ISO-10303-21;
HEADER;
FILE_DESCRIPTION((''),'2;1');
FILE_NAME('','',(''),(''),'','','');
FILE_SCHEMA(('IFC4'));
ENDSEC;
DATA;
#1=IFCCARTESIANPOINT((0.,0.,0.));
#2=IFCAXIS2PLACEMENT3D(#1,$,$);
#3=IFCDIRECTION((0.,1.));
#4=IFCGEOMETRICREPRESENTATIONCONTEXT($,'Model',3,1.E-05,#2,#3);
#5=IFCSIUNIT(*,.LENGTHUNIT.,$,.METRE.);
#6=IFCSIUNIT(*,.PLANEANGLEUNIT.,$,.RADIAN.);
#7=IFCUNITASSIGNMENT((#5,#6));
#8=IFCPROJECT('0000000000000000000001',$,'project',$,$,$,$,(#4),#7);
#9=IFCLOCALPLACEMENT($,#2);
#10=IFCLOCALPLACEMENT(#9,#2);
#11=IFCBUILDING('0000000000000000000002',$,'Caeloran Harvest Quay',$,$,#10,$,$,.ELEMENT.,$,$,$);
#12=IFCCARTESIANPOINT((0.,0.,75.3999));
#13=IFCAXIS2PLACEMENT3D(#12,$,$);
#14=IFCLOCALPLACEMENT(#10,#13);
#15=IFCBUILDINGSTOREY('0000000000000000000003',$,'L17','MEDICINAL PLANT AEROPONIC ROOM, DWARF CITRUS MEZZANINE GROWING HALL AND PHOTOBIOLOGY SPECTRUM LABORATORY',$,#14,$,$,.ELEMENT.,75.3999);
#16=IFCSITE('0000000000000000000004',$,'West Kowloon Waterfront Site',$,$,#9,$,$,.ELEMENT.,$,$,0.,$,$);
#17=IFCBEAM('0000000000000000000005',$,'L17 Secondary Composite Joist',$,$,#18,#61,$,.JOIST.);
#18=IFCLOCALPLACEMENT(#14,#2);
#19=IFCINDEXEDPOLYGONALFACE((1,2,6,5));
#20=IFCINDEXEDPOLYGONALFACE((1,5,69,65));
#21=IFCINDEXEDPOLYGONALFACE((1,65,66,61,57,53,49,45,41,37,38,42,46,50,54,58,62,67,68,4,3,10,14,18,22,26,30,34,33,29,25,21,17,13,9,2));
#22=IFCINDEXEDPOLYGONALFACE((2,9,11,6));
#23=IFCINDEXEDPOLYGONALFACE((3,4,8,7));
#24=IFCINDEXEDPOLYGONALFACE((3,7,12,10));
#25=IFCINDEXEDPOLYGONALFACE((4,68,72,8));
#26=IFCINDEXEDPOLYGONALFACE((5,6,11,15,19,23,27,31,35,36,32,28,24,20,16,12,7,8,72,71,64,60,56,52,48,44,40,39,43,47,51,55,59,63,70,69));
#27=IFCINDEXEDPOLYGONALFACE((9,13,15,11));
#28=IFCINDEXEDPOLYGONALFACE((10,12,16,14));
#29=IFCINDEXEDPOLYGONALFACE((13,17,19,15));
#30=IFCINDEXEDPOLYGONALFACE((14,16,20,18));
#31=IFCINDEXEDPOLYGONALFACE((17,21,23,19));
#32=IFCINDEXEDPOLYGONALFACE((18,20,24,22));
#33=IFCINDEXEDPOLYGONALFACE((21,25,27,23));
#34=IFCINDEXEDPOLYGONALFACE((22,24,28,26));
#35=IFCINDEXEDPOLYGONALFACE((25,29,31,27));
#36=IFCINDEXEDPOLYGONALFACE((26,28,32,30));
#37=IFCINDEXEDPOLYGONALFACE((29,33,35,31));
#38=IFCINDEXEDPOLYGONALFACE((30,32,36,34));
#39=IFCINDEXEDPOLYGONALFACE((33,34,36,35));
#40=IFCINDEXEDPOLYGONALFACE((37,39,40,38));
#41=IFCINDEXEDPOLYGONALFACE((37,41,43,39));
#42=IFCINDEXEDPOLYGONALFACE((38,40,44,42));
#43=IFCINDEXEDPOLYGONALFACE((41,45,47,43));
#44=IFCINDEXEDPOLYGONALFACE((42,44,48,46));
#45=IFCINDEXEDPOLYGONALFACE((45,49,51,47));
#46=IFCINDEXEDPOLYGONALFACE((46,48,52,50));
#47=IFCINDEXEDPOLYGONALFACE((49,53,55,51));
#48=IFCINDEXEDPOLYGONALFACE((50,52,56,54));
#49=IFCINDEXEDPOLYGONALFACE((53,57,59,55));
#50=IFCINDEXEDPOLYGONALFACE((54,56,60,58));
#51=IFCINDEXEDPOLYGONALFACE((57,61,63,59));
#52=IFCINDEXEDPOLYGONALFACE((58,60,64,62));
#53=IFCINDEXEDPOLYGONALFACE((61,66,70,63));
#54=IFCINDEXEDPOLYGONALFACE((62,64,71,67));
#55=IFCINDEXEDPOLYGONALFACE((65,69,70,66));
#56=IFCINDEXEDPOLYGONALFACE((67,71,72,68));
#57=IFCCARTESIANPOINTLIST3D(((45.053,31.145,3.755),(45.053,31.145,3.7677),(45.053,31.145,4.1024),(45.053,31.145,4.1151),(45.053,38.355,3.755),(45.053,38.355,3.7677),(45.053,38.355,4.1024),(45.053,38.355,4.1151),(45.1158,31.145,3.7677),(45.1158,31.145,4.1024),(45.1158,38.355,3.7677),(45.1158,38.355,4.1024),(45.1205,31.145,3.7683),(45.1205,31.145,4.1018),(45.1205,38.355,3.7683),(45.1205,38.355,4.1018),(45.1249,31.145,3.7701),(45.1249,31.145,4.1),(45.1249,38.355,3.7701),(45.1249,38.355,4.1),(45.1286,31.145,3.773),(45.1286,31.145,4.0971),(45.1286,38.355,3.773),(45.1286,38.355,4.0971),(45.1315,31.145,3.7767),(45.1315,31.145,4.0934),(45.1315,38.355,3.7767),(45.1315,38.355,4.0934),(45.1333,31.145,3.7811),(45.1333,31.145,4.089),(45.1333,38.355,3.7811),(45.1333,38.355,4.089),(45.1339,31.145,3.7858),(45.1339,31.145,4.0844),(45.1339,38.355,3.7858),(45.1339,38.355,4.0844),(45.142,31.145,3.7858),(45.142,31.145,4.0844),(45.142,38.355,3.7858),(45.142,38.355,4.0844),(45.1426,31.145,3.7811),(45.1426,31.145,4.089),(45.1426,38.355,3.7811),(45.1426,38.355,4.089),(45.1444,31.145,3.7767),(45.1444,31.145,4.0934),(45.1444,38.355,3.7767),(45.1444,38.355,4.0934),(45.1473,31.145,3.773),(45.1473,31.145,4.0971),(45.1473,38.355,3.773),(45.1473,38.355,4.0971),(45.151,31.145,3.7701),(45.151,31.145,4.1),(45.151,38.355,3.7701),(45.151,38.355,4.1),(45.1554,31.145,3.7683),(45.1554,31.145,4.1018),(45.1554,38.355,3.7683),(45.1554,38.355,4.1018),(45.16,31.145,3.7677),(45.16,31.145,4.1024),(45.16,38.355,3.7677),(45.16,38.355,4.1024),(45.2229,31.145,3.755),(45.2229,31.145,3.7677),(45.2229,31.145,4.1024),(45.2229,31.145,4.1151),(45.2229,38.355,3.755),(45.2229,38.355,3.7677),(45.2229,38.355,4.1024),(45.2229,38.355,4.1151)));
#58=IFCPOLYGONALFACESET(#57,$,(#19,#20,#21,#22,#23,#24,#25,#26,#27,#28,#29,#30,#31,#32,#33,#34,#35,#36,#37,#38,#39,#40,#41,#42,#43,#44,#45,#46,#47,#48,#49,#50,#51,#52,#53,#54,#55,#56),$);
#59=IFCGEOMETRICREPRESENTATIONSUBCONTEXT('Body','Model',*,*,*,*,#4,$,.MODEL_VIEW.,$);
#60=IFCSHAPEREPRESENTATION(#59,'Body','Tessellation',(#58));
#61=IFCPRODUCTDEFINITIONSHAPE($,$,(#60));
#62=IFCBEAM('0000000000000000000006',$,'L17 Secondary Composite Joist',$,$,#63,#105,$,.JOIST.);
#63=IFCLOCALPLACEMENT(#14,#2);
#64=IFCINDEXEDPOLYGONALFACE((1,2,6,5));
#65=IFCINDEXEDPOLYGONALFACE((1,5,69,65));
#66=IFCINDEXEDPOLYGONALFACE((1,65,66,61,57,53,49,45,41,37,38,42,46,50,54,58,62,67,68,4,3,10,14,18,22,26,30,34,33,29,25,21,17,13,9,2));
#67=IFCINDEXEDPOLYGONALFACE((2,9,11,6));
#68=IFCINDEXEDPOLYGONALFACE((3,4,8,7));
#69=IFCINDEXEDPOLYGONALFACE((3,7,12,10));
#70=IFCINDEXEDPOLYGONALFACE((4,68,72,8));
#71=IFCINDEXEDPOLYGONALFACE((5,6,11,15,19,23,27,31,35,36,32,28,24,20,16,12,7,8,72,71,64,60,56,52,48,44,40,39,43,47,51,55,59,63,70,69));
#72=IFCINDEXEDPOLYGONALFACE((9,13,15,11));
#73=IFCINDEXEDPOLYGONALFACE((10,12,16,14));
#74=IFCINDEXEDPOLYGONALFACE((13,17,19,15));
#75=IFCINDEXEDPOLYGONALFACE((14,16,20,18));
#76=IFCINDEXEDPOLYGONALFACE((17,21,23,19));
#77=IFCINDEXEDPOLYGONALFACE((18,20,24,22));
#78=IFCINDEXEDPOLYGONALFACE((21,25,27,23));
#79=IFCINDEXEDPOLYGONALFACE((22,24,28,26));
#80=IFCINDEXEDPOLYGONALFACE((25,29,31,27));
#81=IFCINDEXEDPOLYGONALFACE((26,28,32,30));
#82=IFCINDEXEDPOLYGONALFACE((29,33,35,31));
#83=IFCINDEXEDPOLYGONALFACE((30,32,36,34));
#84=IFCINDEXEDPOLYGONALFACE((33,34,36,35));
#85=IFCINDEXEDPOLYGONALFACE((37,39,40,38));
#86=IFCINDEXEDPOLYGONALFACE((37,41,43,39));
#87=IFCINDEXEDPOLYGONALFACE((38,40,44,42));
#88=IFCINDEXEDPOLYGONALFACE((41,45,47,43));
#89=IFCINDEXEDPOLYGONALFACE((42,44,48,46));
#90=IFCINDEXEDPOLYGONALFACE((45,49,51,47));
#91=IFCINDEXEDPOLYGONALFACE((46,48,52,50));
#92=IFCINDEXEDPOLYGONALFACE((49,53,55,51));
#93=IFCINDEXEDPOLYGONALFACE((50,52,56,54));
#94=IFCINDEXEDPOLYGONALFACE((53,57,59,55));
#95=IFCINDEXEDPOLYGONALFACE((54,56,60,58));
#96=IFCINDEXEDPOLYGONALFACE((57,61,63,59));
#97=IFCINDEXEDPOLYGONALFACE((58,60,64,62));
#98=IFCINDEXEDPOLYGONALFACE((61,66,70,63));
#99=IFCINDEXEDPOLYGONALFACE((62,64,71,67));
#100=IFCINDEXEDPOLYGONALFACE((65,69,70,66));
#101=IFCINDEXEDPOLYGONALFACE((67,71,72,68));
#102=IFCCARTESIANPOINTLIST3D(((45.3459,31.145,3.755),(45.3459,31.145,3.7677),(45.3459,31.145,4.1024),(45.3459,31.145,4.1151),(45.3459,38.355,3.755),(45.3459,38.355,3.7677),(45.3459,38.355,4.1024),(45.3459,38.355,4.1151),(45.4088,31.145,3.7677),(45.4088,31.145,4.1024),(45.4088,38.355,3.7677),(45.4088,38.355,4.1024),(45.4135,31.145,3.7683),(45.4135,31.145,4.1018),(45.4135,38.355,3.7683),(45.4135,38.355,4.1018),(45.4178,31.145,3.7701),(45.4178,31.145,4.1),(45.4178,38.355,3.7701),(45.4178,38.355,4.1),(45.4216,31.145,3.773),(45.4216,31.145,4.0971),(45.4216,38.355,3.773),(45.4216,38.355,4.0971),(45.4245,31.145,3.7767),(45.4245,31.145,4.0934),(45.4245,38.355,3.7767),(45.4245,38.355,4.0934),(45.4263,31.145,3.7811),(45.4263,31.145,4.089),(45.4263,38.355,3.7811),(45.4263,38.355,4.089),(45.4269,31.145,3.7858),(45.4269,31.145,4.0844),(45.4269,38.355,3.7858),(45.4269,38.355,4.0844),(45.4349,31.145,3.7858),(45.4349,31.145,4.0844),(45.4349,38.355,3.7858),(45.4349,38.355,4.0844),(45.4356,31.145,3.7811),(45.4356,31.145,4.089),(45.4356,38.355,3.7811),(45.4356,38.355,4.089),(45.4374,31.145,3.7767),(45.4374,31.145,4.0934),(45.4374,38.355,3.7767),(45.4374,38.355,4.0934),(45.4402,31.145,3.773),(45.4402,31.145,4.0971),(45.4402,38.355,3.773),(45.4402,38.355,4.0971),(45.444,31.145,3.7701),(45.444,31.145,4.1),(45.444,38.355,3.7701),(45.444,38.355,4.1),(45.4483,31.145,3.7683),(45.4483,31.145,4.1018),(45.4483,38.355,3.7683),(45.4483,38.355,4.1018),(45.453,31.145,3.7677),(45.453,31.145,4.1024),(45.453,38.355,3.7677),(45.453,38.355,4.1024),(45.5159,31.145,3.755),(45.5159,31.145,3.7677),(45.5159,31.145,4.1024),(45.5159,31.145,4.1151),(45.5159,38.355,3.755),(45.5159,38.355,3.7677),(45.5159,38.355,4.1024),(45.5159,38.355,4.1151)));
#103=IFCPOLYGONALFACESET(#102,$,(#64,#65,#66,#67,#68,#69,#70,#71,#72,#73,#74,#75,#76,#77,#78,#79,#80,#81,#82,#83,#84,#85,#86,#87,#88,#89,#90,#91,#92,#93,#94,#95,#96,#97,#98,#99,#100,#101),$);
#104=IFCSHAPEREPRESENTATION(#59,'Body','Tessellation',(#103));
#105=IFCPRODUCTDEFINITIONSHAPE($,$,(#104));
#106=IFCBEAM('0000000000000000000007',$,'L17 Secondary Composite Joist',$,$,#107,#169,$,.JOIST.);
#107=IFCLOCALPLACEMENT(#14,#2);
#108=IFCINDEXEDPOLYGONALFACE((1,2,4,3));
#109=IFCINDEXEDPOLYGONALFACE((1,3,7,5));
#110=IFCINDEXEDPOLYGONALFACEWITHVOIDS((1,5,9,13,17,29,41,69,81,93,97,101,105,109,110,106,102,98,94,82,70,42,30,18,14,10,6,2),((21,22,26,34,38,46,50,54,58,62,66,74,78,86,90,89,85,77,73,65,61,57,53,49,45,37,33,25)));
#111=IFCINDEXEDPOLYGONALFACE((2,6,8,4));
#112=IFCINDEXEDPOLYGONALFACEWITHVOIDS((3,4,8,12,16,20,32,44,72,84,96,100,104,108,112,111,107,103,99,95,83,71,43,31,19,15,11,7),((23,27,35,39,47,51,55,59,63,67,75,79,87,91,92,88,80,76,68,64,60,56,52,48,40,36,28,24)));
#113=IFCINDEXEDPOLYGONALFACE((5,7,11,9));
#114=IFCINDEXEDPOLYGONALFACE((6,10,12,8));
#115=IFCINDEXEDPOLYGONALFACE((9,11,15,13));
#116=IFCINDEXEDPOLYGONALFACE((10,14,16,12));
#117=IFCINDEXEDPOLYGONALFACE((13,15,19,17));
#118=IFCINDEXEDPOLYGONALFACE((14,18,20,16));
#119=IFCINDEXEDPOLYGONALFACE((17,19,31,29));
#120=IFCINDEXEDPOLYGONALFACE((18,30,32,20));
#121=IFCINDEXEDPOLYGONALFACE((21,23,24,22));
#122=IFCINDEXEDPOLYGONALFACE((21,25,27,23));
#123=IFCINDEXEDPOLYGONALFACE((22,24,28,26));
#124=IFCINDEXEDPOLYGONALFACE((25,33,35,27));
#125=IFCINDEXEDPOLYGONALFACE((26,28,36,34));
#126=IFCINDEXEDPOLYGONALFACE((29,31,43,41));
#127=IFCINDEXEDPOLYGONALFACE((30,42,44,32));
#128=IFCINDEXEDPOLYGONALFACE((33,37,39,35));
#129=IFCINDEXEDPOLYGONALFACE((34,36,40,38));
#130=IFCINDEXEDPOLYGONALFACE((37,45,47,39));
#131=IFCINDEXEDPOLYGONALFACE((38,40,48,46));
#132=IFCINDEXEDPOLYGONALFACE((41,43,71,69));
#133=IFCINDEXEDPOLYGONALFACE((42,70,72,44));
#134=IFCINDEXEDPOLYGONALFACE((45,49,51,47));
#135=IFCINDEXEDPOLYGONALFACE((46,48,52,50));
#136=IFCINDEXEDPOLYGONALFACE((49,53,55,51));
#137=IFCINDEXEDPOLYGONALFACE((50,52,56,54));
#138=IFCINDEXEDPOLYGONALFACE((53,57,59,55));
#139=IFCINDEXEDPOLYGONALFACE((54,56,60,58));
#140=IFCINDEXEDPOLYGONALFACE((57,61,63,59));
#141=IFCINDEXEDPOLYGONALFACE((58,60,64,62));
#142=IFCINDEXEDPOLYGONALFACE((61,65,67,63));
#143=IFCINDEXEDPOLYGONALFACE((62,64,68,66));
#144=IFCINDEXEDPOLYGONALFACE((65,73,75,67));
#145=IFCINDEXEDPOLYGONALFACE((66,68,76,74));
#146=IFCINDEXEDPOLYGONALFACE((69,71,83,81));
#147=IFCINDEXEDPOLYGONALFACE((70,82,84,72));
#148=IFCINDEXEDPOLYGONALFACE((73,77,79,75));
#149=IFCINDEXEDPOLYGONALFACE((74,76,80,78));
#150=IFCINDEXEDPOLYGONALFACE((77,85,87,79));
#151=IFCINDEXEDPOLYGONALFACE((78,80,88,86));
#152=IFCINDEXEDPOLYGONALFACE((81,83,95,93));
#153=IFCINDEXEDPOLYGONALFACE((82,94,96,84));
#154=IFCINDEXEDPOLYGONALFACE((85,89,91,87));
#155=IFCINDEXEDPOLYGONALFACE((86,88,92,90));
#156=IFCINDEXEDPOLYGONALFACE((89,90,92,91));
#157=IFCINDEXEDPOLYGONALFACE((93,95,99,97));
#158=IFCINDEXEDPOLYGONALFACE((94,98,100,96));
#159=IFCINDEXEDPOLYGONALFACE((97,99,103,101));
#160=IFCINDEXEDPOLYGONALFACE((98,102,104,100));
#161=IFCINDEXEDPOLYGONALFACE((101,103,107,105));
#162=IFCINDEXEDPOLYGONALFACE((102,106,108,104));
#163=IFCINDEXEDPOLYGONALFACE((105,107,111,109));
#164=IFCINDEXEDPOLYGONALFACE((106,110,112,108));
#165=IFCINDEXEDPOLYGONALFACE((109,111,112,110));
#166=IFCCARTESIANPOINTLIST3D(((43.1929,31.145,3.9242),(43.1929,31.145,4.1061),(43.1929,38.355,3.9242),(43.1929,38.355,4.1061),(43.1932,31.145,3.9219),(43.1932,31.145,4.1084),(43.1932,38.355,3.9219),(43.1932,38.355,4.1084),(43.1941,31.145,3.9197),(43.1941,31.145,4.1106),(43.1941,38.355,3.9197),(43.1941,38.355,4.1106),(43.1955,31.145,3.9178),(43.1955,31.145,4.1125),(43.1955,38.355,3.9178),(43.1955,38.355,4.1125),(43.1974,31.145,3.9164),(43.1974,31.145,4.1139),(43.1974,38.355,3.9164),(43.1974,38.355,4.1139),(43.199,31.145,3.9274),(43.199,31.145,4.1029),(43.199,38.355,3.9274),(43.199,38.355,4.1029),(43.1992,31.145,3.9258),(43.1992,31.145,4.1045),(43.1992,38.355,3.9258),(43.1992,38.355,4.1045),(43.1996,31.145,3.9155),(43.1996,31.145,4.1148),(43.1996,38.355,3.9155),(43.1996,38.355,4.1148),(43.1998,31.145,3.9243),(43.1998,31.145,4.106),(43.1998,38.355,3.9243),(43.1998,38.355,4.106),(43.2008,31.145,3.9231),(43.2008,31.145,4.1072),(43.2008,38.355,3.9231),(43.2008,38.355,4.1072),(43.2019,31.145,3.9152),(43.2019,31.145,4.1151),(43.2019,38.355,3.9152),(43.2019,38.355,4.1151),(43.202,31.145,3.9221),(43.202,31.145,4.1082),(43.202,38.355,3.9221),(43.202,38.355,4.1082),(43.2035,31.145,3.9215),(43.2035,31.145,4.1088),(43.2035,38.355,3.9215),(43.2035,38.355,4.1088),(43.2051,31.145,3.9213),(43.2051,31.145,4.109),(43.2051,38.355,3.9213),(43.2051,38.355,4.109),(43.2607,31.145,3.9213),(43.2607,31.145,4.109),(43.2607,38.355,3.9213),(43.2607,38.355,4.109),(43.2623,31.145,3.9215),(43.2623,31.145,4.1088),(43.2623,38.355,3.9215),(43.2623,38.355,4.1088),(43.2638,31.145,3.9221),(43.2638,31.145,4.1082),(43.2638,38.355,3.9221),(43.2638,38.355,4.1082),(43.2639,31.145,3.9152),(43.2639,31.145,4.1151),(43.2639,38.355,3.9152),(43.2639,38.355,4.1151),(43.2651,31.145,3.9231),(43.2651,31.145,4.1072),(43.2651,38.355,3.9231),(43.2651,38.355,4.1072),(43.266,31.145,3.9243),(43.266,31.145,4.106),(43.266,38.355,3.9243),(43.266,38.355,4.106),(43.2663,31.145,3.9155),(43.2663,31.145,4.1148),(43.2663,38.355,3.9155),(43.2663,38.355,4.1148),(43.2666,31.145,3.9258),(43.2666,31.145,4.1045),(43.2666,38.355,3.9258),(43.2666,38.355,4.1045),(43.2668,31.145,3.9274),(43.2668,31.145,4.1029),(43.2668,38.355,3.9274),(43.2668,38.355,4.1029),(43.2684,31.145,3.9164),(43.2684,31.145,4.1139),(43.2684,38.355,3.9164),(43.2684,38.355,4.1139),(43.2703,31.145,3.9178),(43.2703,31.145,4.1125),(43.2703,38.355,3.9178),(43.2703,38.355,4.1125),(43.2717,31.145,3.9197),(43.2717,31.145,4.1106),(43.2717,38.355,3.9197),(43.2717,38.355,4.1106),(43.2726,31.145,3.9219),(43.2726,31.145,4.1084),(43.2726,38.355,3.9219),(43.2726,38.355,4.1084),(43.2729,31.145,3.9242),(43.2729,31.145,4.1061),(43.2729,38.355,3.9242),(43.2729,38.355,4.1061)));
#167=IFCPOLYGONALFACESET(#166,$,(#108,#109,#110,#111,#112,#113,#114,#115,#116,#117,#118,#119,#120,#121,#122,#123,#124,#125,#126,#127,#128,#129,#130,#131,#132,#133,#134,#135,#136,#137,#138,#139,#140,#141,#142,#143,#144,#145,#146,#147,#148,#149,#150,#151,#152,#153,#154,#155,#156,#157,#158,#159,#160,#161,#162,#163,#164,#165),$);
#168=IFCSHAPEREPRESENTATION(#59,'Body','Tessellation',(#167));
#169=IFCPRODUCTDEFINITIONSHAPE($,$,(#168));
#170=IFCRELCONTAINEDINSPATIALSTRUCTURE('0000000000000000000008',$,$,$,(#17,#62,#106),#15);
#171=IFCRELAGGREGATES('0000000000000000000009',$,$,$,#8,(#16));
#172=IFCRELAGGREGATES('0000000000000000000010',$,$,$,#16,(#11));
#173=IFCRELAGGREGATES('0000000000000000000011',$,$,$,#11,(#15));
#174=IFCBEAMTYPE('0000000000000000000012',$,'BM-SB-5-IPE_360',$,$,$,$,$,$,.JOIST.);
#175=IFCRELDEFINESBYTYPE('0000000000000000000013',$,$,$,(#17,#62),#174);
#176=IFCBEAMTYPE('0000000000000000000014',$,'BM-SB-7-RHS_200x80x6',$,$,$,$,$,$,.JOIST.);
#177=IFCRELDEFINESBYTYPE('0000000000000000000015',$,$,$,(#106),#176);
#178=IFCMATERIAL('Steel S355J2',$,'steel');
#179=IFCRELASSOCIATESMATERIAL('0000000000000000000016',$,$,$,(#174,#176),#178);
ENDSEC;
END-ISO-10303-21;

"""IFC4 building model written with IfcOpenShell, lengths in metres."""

from ifc_helpers import new_model, si_unit, direction, frame, origin, origin_2d, place, context, subcontext, project, spatial, hollow_rectangle, i_section, extrude, material, material_profile, profile_set, type_object, element, save


model = new_model("IFC4")

# Units and contexts
model_context = context("Model", 3, precision=1e-05, world=origin(), true_north=direction((0.0, 1.0)))
body_context = subcontext(model_context, "Body", "Model", "MODEL_VIEW")
ifc_project = project(units=[si_unit("LENGTHUNIT", "METRE"), si_unit("PLANEANGLEUNIT", "RADIAN")], contexts=[model_context])

# Site, building, storey
site_placement = place(None, origin())
site = spatial("IfcSite", under=ifc_project, at=site_placement, Name="West Kowloon Waterfront Site", CompositionType="ELEMENT", RefElevation=0.0)
building_placement = place(site_placement, origin())
building = spatial("IfcBuilding", under=site, at=building_placement, Name="Caeloran Harvest Quay", CompositionType="ELEMENT")
storey_placement = place(building_placement, frame((0.0, 0.0, 75.3999)))
storey = spatial("IfcBuildingStorey", under=building, at=storey_placement, Name="L17", Description="MEDICINAL PLANT AEROPONIC ROOM, DWARF CITRUS MEZZANINE GROWING HALL AND PHOTOBIOLOGY SPECTRUM LABORATORY", CompositionType="ELEMENT", Elevation=75.3999)

# Beams
ifc_material_1 = material(Name="Steel S355J2", Category="steel")
ifc_material_profile_1 = material_profile(ifc_material_1, i_section(OverallWidth=0.1699, OverallDepth=0.3601, WebThickness=0.0081, FlangeThickness=0.0127, FilletRadius=0.0181, at=origin_2d()), Name="IPE 360")
ifc_profile_set_1 = profile_set([ifc_material_profile_1], Name="Steel S355J2")
beam_type_1 = type_object("IfcBeamType", Name="BM-SB-5-IPE_360", PredefinedType="JOIST", material=ifc_profile_set_1)
for number, where, z_axis, x_axis, name in (
    (1, (45.1379, 31.145, 3.9351), (0.0, 1.0, 0.0), (-1.0, 0.0, 0.0), "L17 Secondary Composite Joist"),
    (2, (45.4309, 31.145, 3.9351), (0.0, 1.0, 0.0), (-1.0, 0.0, 0.0), "L17 Secondary Composite Joist"),
):
    element("IfcBeam", number, at=place(storey_placement, frame(where, z_axis=z_axis, x_axis=x_axis)), inside=storey, type_object=beam_type_1, Name=name, PredefinedType="JOIST", context=body_context, shape_type="SweptSolid", body=[
        extrude(i_section(OverallWidth=0.1699, OverallDepth=0.3601, WebThickness=0.0081, FlangeThickness=0.0127, FilletRadius=0.0181, at=origin_2d()), origin(), (0.0, 0.0, 1.0), 7.21),
    ])
ifc_material_profile_2 = material_profile(ifc_material_1, hollow_rectangle(XDim=0.0801, YDim=0.2, WallThickness=0.0061, InnerFilletRadius=0.0061, OuterFilletRadius=0.009, at=origin_2d()), Name="RHS 200x80x6")
ifc_profile_set_2 = profile_set([ifc_material_profile_2], Name="Steel S355J2")
beam_type_2 = type_object("IfcBeamType", Name="BM-SB-7-RHS_200x80x6", PredefinedType="JOIST", material=ifc_profile_set_2)
for number, where, z_axis, x_axis, name in (
    (3, (43.2329, 31.145, 4.0151), (0.0, 1.0, 0.0), (-1.0, 0.0, 0.0), "L17 Secondary Composite Joist"),
):
    element("IfcBeam", number, at=place(storey_placement, frame(where, z_axis=z_axis, x_axis=x_axis)), inside=storey, type_object=beam_type_2, Name=name, PredefinedType="JOIST", context=body_context, shape_type="SweptSolid", body=[
        extrude(hollow_rectangle(XDim=0.0801, YDim=0.2, WallThickness=0.0061, InnerFilletRadius=0.0061, OuterFilletRadius=0.009, at=origin_2d()), origin(), (0.0, 0.0, 1.0), 7.21),
    ])

save(model, "model.ifc")
